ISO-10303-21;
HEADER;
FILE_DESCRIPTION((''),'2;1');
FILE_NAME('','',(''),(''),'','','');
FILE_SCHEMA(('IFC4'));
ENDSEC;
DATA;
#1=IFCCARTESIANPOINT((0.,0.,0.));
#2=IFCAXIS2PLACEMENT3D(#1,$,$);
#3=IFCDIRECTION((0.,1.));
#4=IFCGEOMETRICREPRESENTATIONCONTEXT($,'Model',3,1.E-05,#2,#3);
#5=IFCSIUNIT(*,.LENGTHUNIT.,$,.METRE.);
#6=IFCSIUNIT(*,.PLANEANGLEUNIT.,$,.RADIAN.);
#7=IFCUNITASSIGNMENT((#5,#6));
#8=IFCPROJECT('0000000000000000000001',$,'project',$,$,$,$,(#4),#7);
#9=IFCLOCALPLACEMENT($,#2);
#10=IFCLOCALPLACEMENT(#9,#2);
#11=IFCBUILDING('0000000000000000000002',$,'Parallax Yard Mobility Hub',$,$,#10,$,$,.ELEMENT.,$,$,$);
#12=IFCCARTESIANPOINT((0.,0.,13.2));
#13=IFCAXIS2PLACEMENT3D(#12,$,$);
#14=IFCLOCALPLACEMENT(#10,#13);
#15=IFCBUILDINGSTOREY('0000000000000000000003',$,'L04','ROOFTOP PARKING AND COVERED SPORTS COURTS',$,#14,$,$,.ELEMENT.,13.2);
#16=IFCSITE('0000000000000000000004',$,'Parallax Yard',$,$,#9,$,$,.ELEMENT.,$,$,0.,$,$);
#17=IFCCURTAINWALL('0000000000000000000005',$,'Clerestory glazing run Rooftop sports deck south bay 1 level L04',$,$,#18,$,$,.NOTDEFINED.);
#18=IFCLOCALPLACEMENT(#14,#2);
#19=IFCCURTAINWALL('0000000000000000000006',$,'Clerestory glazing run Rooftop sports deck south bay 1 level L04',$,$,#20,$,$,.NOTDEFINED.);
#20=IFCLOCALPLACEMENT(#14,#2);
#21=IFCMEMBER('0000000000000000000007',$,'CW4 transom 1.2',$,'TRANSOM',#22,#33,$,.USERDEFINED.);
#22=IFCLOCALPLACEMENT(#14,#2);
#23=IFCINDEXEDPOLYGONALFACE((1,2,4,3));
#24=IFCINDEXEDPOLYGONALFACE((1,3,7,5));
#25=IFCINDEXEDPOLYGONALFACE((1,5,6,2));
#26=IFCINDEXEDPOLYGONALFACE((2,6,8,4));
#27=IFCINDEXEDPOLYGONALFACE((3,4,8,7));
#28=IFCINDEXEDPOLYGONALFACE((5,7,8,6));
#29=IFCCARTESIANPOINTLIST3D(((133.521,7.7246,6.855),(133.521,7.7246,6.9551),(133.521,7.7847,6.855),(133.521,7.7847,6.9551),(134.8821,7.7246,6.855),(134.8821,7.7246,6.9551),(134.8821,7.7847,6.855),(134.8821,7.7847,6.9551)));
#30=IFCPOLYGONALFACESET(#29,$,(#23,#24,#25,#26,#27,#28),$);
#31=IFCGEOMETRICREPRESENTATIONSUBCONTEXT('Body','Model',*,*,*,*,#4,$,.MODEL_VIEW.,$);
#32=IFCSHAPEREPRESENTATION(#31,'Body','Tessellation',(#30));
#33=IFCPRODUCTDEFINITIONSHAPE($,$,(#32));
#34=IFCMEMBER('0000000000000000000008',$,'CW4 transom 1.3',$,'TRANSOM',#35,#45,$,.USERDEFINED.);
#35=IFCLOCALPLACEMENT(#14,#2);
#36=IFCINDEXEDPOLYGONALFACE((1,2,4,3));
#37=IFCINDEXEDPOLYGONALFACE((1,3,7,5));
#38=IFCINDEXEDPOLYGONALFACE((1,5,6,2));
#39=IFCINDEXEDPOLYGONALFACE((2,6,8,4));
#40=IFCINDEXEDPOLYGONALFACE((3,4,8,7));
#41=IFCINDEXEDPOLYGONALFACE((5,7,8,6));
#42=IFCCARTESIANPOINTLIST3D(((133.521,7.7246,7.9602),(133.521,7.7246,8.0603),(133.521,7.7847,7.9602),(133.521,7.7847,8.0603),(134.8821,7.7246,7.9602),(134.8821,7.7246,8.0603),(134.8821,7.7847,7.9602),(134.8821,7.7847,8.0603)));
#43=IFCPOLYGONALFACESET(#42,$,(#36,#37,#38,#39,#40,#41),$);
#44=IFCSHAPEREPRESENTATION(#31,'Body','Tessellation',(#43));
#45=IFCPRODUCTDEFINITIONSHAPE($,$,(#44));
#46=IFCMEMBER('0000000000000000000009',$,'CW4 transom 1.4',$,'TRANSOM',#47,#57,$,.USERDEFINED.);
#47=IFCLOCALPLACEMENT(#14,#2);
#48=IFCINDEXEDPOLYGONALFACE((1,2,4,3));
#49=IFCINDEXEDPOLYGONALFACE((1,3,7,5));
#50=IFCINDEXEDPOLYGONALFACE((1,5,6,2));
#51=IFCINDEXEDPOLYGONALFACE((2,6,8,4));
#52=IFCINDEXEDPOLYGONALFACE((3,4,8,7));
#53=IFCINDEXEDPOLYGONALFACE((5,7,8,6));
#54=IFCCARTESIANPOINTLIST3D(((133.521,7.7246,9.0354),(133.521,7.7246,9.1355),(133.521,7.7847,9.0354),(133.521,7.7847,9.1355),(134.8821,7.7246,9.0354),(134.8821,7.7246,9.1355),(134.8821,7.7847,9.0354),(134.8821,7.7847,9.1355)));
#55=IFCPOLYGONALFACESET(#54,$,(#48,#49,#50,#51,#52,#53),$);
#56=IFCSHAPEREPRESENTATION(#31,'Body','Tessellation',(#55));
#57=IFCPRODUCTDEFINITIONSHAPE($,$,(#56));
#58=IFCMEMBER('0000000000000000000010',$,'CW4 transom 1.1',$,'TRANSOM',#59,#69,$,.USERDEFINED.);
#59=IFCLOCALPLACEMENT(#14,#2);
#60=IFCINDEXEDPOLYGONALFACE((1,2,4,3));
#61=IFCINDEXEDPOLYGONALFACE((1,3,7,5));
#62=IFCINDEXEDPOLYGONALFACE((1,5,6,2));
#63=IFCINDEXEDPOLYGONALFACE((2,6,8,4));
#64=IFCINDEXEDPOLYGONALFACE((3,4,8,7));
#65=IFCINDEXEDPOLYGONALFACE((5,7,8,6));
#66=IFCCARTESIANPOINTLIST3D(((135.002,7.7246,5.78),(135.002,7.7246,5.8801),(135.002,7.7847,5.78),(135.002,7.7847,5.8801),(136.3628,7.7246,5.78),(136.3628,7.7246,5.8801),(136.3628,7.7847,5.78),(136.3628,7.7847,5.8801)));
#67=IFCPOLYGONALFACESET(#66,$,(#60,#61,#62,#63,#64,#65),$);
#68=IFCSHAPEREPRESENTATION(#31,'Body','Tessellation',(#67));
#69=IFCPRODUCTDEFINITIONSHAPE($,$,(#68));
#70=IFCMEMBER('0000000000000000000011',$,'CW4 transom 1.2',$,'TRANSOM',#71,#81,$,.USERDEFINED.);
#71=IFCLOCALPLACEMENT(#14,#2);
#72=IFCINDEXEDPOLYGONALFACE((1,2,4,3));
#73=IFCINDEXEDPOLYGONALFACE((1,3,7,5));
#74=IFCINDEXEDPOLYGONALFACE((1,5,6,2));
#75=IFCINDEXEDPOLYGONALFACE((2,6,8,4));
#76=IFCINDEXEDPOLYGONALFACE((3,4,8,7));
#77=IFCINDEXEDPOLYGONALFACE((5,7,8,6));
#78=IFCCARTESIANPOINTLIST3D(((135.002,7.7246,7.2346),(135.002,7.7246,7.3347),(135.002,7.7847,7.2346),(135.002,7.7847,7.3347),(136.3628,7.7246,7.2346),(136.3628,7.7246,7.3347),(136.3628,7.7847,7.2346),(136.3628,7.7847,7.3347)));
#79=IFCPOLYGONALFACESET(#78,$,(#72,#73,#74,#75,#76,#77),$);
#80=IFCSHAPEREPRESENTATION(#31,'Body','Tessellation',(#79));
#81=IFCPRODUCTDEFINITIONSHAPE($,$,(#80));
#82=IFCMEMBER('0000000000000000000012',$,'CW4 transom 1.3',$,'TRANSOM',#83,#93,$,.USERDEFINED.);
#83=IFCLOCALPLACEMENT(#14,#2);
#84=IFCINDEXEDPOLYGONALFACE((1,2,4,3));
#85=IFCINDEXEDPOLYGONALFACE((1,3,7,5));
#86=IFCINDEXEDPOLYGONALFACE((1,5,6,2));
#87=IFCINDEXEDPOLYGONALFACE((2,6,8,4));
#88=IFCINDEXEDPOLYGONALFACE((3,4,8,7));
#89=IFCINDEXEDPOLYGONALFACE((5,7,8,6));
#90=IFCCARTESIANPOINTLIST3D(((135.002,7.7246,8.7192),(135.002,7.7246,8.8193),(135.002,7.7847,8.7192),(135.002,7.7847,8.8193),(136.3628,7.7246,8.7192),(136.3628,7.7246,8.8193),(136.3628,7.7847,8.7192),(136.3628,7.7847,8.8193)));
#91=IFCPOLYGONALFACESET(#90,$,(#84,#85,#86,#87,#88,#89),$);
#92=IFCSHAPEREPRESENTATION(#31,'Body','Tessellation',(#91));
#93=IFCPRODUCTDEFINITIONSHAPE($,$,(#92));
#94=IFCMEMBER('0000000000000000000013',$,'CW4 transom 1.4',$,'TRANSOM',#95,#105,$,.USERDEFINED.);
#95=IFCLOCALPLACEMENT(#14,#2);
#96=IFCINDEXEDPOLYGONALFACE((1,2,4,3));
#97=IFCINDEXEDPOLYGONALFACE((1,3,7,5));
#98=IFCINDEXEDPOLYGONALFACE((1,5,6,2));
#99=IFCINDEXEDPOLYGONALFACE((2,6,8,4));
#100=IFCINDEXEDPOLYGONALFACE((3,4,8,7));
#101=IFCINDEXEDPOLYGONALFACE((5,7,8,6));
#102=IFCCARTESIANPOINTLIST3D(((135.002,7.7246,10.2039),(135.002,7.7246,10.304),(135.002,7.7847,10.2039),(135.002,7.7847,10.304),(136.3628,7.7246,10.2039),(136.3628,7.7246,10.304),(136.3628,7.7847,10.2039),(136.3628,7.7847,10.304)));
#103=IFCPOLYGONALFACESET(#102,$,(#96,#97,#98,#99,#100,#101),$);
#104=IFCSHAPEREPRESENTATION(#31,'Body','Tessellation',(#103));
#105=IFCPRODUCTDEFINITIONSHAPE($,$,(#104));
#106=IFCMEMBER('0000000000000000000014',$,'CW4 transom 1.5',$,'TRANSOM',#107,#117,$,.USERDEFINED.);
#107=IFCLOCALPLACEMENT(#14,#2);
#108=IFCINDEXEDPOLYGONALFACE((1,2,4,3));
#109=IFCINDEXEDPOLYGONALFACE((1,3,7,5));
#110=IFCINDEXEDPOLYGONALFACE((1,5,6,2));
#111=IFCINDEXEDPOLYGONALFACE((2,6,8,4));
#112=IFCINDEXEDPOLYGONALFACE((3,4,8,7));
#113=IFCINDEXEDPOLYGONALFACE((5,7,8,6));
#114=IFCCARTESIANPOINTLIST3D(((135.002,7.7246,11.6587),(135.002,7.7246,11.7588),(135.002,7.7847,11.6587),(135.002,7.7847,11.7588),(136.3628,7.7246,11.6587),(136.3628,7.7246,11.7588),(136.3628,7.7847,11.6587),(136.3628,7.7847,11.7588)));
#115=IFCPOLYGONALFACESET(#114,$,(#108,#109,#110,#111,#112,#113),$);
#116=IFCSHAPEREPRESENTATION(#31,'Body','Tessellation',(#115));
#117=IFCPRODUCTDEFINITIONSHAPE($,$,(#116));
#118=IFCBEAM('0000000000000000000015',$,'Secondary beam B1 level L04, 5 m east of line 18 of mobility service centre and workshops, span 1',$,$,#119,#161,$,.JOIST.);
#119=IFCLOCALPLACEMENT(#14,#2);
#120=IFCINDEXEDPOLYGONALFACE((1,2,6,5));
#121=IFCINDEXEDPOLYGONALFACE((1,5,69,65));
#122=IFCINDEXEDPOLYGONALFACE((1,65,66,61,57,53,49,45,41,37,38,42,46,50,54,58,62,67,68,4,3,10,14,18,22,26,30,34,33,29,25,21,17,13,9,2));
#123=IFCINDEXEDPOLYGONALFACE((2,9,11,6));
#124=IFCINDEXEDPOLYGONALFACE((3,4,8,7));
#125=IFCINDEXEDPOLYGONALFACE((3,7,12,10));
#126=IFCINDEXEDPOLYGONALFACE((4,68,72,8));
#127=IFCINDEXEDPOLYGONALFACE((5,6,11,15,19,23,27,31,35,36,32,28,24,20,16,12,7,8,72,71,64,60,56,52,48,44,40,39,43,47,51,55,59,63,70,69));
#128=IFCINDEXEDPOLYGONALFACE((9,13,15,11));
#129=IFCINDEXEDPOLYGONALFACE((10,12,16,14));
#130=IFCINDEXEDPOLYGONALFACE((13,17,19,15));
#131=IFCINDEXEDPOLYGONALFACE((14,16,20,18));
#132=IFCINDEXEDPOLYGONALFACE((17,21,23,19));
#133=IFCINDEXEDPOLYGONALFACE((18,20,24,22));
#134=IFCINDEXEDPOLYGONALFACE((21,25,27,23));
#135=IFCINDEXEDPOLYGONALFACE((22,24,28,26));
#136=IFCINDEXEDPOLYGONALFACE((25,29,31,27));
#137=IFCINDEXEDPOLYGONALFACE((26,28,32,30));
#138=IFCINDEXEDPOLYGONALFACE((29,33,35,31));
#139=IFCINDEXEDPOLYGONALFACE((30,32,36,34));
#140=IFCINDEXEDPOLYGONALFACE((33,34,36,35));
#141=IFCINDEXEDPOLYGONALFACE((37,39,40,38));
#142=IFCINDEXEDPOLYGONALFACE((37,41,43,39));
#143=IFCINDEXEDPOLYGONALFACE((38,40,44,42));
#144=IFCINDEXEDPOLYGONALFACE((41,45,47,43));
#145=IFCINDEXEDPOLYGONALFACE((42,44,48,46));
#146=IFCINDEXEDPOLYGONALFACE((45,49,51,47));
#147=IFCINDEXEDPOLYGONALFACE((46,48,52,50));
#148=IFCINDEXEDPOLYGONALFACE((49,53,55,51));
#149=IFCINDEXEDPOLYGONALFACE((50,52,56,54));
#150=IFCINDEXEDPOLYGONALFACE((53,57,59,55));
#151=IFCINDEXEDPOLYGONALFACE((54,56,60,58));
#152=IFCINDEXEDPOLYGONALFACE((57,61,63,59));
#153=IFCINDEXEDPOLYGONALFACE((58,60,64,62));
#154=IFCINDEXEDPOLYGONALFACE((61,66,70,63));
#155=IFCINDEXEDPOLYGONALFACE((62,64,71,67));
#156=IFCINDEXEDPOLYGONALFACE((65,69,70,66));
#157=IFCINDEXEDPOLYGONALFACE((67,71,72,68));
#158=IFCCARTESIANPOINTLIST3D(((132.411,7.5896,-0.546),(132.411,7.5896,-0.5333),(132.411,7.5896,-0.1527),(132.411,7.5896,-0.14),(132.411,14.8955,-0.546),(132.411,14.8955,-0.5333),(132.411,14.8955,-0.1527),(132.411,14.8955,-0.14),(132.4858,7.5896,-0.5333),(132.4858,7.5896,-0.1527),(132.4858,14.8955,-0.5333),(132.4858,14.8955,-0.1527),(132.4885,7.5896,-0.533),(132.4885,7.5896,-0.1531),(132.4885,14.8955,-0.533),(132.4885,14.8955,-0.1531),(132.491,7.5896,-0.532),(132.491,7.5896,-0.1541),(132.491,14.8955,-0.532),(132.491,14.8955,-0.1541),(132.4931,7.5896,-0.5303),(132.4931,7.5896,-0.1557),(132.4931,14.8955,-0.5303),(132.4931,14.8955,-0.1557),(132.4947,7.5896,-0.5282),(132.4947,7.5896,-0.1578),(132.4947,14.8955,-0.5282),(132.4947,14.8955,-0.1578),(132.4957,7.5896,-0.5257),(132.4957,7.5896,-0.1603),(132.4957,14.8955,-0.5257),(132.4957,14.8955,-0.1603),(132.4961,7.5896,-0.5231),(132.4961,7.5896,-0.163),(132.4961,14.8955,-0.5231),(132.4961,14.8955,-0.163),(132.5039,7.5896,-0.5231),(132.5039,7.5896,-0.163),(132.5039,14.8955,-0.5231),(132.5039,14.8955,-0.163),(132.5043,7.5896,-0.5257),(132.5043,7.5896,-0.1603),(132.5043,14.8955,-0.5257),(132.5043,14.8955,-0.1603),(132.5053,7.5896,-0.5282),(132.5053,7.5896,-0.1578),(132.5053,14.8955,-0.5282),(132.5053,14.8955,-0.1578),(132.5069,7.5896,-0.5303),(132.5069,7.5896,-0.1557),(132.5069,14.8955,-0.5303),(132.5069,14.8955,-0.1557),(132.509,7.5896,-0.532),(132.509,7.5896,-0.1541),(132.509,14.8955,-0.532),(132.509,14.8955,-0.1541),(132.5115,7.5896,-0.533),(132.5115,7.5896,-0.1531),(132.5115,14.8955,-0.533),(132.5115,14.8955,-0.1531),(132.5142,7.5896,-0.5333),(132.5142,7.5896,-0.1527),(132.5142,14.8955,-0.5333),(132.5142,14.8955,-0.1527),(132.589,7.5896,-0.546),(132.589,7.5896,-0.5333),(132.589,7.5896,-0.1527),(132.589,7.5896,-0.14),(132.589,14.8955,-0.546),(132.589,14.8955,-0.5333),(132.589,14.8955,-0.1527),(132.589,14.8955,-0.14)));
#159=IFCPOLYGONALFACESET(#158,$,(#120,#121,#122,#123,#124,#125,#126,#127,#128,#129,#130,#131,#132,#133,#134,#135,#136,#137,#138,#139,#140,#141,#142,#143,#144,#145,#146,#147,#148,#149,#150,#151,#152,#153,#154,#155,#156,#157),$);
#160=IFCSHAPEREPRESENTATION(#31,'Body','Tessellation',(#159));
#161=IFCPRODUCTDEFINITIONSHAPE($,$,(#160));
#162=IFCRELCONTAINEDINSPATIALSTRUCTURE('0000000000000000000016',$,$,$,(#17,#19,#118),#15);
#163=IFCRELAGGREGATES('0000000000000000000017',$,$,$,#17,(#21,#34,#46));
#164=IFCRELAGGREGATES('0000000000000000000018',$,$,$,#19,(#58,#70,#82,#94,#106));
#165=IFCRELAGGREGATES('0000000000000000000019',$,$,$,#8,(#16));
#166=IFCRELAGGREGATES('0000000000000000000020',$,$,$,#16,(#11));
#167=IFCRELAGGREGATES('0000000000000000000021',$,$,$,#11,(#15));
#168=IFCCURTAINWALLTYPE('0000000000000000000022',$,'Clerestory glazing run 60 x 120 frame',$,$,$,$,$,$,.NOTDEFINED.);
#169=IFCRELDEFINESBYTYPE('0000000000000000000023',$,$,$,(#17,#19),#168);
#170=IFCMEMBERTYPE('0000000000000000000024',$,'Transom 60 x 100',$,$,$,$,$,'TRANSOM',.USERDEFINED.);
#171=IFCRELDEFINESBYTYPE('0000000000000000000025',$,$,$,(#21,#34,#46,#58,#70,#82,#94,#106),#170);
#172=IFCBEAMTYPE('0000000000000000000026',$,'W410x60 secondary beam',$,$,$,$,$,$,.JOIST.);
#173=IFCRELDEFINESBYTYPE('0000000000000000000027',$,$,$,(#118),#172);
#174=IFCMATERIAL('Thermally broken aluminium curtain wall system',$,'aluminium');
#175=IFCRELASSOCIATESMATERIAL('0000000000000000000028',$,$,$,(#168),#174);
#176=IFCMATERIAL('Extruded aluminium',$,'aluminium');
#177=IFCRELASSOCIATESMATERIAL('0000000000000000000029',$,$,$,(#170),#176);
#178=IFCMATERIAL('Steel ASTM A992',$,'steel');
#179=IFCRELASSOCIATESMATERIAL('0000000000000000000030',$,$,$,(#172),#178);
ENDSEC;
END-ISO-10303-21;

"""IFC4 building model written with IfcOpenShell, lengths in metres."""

from ifc_helpers import new_model, si_unit, direction, frame, origin, origin_2d, place, context, subcontext, project, spatial, rectangle, i_section, extrude, material, material_profile, profile_set, type_object, element, aggregate, save


model = new_model("IFC4")

# Units and contexts
model_context = context("Model", 3, precision=1e-05, world=origin(), true_north=direction((0.0, 1.0)))
body_context = subcontext(model_context, "Body", "Model", "MODEL_VIEW")
ifc_project = project(units=[si_unit("LENGTHUNIT", "METRE"), si_unit("PLANEANGLEUNIT", "RADIAN")], contexts=[model_context])

# Site, building, storey
site_placement = place(None, origin())
site = spatial("IfcSite", under=ifc_project, at=site_placement, Name="Parallax Yard", CompositionType="ELEMENT", RefElevation=0.0)
building_placement = place(site_placement, origin())
building = spatial("IfcBuilding", under=site, at=building_placement, Name="Parallax Yard Mobility Hub", CompositionType="ELEMENT")
storey_placement = place(building_placement, frame((0.0, 0.0, 13.2)))
storey = spatial("IfcBuildingStorey", under=building, at=storey_placement, Name="L04", Description="ROOFTOP PARKING AND COVERED SPORTS COURTS", CompositionType="ELEMENT", Elevation=13.2)

# Shared definitions
ifc_material_1 = material(Name="Thermally broken aluminium curtain wall system", Category="aluminium")
curtain_wall_type = type_object("IfcCurtainWallType", Name="Clerestory glazing run 60 x 120 frame", PredefinedType="NOTDEFINED", material=ifc_material_1)
ifc_material_2 = material(Name="Extruded aluminium", Category="aluminium")

# Curtain wall
curtain_wall_1_placement = place(storey_placement, origin())
curtain_wall_1 = element("IfcCurtainWall", 1, at=curtain_wall_1_placement, inside=storey, type_object=curtain_wall_type, Name="Clerestory glazing run Rooftop sports deck south bay 1 level L04", PredefinedType="NOTDEFINED")

# Curtain wall
curtain_wall_2_placement = place(storey_placement, origin())
curtain_wall_2 = element("IfcCurtainWall", 2, at=curtain_wall_2_placement, inside=storey, type_object=curtain_wall_type, Name="Clerestory glazing run Rooftop sports deck south bay 1 level L04", PredefinedType="NOTDEFINED")

# Shared definitions
ifc_material_3 = material(Name="Steel ASTM A992", Category="steel")

# Members
ifc_material_profile_1 = material_profile(ifc_material_2, rectangle(XDim=0.0601, YDim=0.1001, at=origin_2d()), Name="Transom 60 x 100")
ifc_profile_set_1 = profile_set([ifc_material_profile_1], Name="Extruded aluminium")
member_type_1 = type_object("IfcMemberType", Name="Transom 60 x 100", ElementType="TRANSOM", PredefinedType="USERDEFINED", material=ifc_profile_set_1)
member_1_placement = place(storey_placement, frame((133.521, 7.7546, 6.905), z_axis=(1.0, 0.0, 0.0), x_axis=(0.0, 1.0, 0.0)))
member_1 = element("IfcMember", 3, at=member_1_placement, type_object=member_type_1, Name="CW4 transom 1.2", ObjectType="TRANSOM", PredefinedType="USERDEFINED", context=body_context, shape_type="SweptSolid", body=[
    extrude(rectangle(XDim=0.0601, YDim=0.1001, at=origin_2d()), origin(), (0.0, 0.0, 1.0), 1.3611),
])
member_2_placement = place(storey_placement, frame((133.521, 7.7546, 8.0103), z_axis=(1.0, 0.0, 0.0), x_axis=(0.0, 1.0, 0.0)))
member_2 = element("IfcMember", 4, at=member_2_placement, type_object=member_type_1, Name="CW4 transom 1.3", ObjectType="TRANSOM", PredefinedType="USERDEFINED", context=body_context, shape_type="SweptSolid", body=[
    extrude(rectangle(XDim=0.0601, YDim=0.1001, at=origin_2d()), origin(), (0.0, 0.0, 1.0), 1.3611),
])
member_3_placement = place(storey_placement, frame((133.521, 7.7546, 9.0854), z_axis=(1.0, 0.0, 0.0), x_axis=(0.0, 1.0, 0.0)))
member_3 = element("IfcMember", 5, at=member_3_placement, type_object=member_type_1, Name="CW4 transom 1.4", ObjectType="TRANSOM", PredefinedType="USERDEFINED", context=body_context, shape_type="SweptSolid", body=[
    extrude(rectangle(XDim=0.0601, YDim=0.1001, at=origin_2d()), origin(), (0.0, 0.0, 1.0), 1.3611),
])
member_4_placement = place(storey_placement, frame((135.002, 7.7546, 5.8301), z_axis=(1.0, 0.0, 0.0), x_axis=(0.0, 1.0, 0.0)))
member_4 = element("IfcMember", 6, at=member_4_placement, type_object=member_type_1, Name="CW4 transom 1.1", ObjectType="TRANSOM", PredefinedType="USERDEFINED", context=body_context, shape_type="SweptSolid", body=[
    extrude(rectangle(XDim=0.0601, YDim=0.1001, at=origin_2d()), origin(), (0.0, 0.0, 1.0), 1.3608),
])
member_5_placement = place(storey_placement, frame((135.002, 7.7546, 7.2847), z_axis=(1.0, 0.0, 0.0), x_axis=(0.0, 1.0, 0.0)))
member_5 = element("IfcMember", 7, at=member_5_placement, type_object=member_type_1, Name="CW4 transom 1.2", ObjectType="TRANSOM", PredefinedType="USERDEFINED", context=body_context, shape_type="SweptSolid", body=[
    extrude(rectangle(XDim=0.0601, YDim=0.1001, at=origin_2d()), origin(), (0.0, 0.0, 1.0), 1.3608),
])
member_6_placement = place(storey_placement, frame((135.002, 7.7546, 8.7693), z_axis=(1.0, 0.0, 0.0), x_axis=(0.0, 1.0, 0.0)))
member_6 = element("IfcMember", 8, at=member_6_placement, type_object=member_type_1, Name="CW4 transom 1.3", ObjectType="TRANSOM", PredefinedType="USERDEFINED", context=body_context, shape_type="SweptSolid", body=[
    extrude(rectangle(XDim=0.0601, YDim=0.1001, at=origin_2d()), origin(), (0.0, 0.0, 1.0), 1.3608),
])
member_7_placement = place(storey_placement, frame((135.002, 7.7546, 10.2539), z_axis=(1.0, 0.0, 0.0), x_axis=(0.0, 1.0, 0.0)))
member_7 = element("IfcMember", 9, at=member_7_placement, type_object=member_type_1, Name="CW4 transom 1.4", ObjectType="TRANSOM", PredefinedType="USERDEFINED", context=body_context, shape_type="SweptSolid", body=[
    extrude(rectangle(XDim=0.0601, YDim=0.1001, at=origin_2d()), origin(), (0.0, 0.0, 1.0), 1.3608),
])
member_8_placement = place(storey_placement, frame((135.002, 7.7546, 11.7087), z_axis=(1.0, 0.0, 0.0), x_axis=(0.0, 1.0, 0.0)))
member_8 = element("IfcMember", 10, at=member_8_placement, type_object=member_type_1, Name="CW4 transom 1.5", ObjectType="TRANSOM", PredefinedType="USERDEFINED", context=body_context, shape_type="SweptSolid", body=[
    extrude(rectangle(XDim=0.0601, YDim=0.1001, at=origin_2d()), origin(), (0.0, 0.0, 1.0), 1.3608),
])

# Beam
ifc_material_profile_2 = material_profile(ifc_material_3, i_section(OverallWidth=0.178, OverallDepth=0.406, WebThickness=0.0078, FlangeThickness=0.0127, FilletRadius=0.0103, at=origin_2d()), Name="W410x60")
ifc_profile_set_2 = profile_set([ifc_material_profile_2], Name="Steel ASTM A992")
beam_type_1 = type_object("IfcBeamType", Name="W410x60 secondary beam", PredefinedType="JOIST", material=ifc_profile_set_2)
beam_1_placement = place(storey_placement, frame((132.5, 7.5896, -0.343), z_axis=(0.0, 1.0, 0.0), x_axis=(-1.0, 0.0, 0.0)))
element("IfcBeam", 11, at=beam_1_placement, inside=storey, type_object=beam_type_1, Name="Secondary beam B1 level L04, 5 m east of line 18 of mobility service centre and workshops, span 1", PredefinedType="JOIST", context=body_context, shape_type="SweptSolid", body=[
    extrude(i_section(OverallWidth=0.178, OverallDepth=0.406, WebThickness=0.0078, FlangeThickness=0.0127, FilletRadius=0.0103, at=origin_2d()), origin(), (0.0, 0.0, 1.0), 7.3059),
])

aggregate(curtain_wall_1, [member_1, member_2, member_3])
aggregate(curtain_wall_2, [member_4, member_5, member_6, member_7, member_8])

save(model, "model.ifc")
